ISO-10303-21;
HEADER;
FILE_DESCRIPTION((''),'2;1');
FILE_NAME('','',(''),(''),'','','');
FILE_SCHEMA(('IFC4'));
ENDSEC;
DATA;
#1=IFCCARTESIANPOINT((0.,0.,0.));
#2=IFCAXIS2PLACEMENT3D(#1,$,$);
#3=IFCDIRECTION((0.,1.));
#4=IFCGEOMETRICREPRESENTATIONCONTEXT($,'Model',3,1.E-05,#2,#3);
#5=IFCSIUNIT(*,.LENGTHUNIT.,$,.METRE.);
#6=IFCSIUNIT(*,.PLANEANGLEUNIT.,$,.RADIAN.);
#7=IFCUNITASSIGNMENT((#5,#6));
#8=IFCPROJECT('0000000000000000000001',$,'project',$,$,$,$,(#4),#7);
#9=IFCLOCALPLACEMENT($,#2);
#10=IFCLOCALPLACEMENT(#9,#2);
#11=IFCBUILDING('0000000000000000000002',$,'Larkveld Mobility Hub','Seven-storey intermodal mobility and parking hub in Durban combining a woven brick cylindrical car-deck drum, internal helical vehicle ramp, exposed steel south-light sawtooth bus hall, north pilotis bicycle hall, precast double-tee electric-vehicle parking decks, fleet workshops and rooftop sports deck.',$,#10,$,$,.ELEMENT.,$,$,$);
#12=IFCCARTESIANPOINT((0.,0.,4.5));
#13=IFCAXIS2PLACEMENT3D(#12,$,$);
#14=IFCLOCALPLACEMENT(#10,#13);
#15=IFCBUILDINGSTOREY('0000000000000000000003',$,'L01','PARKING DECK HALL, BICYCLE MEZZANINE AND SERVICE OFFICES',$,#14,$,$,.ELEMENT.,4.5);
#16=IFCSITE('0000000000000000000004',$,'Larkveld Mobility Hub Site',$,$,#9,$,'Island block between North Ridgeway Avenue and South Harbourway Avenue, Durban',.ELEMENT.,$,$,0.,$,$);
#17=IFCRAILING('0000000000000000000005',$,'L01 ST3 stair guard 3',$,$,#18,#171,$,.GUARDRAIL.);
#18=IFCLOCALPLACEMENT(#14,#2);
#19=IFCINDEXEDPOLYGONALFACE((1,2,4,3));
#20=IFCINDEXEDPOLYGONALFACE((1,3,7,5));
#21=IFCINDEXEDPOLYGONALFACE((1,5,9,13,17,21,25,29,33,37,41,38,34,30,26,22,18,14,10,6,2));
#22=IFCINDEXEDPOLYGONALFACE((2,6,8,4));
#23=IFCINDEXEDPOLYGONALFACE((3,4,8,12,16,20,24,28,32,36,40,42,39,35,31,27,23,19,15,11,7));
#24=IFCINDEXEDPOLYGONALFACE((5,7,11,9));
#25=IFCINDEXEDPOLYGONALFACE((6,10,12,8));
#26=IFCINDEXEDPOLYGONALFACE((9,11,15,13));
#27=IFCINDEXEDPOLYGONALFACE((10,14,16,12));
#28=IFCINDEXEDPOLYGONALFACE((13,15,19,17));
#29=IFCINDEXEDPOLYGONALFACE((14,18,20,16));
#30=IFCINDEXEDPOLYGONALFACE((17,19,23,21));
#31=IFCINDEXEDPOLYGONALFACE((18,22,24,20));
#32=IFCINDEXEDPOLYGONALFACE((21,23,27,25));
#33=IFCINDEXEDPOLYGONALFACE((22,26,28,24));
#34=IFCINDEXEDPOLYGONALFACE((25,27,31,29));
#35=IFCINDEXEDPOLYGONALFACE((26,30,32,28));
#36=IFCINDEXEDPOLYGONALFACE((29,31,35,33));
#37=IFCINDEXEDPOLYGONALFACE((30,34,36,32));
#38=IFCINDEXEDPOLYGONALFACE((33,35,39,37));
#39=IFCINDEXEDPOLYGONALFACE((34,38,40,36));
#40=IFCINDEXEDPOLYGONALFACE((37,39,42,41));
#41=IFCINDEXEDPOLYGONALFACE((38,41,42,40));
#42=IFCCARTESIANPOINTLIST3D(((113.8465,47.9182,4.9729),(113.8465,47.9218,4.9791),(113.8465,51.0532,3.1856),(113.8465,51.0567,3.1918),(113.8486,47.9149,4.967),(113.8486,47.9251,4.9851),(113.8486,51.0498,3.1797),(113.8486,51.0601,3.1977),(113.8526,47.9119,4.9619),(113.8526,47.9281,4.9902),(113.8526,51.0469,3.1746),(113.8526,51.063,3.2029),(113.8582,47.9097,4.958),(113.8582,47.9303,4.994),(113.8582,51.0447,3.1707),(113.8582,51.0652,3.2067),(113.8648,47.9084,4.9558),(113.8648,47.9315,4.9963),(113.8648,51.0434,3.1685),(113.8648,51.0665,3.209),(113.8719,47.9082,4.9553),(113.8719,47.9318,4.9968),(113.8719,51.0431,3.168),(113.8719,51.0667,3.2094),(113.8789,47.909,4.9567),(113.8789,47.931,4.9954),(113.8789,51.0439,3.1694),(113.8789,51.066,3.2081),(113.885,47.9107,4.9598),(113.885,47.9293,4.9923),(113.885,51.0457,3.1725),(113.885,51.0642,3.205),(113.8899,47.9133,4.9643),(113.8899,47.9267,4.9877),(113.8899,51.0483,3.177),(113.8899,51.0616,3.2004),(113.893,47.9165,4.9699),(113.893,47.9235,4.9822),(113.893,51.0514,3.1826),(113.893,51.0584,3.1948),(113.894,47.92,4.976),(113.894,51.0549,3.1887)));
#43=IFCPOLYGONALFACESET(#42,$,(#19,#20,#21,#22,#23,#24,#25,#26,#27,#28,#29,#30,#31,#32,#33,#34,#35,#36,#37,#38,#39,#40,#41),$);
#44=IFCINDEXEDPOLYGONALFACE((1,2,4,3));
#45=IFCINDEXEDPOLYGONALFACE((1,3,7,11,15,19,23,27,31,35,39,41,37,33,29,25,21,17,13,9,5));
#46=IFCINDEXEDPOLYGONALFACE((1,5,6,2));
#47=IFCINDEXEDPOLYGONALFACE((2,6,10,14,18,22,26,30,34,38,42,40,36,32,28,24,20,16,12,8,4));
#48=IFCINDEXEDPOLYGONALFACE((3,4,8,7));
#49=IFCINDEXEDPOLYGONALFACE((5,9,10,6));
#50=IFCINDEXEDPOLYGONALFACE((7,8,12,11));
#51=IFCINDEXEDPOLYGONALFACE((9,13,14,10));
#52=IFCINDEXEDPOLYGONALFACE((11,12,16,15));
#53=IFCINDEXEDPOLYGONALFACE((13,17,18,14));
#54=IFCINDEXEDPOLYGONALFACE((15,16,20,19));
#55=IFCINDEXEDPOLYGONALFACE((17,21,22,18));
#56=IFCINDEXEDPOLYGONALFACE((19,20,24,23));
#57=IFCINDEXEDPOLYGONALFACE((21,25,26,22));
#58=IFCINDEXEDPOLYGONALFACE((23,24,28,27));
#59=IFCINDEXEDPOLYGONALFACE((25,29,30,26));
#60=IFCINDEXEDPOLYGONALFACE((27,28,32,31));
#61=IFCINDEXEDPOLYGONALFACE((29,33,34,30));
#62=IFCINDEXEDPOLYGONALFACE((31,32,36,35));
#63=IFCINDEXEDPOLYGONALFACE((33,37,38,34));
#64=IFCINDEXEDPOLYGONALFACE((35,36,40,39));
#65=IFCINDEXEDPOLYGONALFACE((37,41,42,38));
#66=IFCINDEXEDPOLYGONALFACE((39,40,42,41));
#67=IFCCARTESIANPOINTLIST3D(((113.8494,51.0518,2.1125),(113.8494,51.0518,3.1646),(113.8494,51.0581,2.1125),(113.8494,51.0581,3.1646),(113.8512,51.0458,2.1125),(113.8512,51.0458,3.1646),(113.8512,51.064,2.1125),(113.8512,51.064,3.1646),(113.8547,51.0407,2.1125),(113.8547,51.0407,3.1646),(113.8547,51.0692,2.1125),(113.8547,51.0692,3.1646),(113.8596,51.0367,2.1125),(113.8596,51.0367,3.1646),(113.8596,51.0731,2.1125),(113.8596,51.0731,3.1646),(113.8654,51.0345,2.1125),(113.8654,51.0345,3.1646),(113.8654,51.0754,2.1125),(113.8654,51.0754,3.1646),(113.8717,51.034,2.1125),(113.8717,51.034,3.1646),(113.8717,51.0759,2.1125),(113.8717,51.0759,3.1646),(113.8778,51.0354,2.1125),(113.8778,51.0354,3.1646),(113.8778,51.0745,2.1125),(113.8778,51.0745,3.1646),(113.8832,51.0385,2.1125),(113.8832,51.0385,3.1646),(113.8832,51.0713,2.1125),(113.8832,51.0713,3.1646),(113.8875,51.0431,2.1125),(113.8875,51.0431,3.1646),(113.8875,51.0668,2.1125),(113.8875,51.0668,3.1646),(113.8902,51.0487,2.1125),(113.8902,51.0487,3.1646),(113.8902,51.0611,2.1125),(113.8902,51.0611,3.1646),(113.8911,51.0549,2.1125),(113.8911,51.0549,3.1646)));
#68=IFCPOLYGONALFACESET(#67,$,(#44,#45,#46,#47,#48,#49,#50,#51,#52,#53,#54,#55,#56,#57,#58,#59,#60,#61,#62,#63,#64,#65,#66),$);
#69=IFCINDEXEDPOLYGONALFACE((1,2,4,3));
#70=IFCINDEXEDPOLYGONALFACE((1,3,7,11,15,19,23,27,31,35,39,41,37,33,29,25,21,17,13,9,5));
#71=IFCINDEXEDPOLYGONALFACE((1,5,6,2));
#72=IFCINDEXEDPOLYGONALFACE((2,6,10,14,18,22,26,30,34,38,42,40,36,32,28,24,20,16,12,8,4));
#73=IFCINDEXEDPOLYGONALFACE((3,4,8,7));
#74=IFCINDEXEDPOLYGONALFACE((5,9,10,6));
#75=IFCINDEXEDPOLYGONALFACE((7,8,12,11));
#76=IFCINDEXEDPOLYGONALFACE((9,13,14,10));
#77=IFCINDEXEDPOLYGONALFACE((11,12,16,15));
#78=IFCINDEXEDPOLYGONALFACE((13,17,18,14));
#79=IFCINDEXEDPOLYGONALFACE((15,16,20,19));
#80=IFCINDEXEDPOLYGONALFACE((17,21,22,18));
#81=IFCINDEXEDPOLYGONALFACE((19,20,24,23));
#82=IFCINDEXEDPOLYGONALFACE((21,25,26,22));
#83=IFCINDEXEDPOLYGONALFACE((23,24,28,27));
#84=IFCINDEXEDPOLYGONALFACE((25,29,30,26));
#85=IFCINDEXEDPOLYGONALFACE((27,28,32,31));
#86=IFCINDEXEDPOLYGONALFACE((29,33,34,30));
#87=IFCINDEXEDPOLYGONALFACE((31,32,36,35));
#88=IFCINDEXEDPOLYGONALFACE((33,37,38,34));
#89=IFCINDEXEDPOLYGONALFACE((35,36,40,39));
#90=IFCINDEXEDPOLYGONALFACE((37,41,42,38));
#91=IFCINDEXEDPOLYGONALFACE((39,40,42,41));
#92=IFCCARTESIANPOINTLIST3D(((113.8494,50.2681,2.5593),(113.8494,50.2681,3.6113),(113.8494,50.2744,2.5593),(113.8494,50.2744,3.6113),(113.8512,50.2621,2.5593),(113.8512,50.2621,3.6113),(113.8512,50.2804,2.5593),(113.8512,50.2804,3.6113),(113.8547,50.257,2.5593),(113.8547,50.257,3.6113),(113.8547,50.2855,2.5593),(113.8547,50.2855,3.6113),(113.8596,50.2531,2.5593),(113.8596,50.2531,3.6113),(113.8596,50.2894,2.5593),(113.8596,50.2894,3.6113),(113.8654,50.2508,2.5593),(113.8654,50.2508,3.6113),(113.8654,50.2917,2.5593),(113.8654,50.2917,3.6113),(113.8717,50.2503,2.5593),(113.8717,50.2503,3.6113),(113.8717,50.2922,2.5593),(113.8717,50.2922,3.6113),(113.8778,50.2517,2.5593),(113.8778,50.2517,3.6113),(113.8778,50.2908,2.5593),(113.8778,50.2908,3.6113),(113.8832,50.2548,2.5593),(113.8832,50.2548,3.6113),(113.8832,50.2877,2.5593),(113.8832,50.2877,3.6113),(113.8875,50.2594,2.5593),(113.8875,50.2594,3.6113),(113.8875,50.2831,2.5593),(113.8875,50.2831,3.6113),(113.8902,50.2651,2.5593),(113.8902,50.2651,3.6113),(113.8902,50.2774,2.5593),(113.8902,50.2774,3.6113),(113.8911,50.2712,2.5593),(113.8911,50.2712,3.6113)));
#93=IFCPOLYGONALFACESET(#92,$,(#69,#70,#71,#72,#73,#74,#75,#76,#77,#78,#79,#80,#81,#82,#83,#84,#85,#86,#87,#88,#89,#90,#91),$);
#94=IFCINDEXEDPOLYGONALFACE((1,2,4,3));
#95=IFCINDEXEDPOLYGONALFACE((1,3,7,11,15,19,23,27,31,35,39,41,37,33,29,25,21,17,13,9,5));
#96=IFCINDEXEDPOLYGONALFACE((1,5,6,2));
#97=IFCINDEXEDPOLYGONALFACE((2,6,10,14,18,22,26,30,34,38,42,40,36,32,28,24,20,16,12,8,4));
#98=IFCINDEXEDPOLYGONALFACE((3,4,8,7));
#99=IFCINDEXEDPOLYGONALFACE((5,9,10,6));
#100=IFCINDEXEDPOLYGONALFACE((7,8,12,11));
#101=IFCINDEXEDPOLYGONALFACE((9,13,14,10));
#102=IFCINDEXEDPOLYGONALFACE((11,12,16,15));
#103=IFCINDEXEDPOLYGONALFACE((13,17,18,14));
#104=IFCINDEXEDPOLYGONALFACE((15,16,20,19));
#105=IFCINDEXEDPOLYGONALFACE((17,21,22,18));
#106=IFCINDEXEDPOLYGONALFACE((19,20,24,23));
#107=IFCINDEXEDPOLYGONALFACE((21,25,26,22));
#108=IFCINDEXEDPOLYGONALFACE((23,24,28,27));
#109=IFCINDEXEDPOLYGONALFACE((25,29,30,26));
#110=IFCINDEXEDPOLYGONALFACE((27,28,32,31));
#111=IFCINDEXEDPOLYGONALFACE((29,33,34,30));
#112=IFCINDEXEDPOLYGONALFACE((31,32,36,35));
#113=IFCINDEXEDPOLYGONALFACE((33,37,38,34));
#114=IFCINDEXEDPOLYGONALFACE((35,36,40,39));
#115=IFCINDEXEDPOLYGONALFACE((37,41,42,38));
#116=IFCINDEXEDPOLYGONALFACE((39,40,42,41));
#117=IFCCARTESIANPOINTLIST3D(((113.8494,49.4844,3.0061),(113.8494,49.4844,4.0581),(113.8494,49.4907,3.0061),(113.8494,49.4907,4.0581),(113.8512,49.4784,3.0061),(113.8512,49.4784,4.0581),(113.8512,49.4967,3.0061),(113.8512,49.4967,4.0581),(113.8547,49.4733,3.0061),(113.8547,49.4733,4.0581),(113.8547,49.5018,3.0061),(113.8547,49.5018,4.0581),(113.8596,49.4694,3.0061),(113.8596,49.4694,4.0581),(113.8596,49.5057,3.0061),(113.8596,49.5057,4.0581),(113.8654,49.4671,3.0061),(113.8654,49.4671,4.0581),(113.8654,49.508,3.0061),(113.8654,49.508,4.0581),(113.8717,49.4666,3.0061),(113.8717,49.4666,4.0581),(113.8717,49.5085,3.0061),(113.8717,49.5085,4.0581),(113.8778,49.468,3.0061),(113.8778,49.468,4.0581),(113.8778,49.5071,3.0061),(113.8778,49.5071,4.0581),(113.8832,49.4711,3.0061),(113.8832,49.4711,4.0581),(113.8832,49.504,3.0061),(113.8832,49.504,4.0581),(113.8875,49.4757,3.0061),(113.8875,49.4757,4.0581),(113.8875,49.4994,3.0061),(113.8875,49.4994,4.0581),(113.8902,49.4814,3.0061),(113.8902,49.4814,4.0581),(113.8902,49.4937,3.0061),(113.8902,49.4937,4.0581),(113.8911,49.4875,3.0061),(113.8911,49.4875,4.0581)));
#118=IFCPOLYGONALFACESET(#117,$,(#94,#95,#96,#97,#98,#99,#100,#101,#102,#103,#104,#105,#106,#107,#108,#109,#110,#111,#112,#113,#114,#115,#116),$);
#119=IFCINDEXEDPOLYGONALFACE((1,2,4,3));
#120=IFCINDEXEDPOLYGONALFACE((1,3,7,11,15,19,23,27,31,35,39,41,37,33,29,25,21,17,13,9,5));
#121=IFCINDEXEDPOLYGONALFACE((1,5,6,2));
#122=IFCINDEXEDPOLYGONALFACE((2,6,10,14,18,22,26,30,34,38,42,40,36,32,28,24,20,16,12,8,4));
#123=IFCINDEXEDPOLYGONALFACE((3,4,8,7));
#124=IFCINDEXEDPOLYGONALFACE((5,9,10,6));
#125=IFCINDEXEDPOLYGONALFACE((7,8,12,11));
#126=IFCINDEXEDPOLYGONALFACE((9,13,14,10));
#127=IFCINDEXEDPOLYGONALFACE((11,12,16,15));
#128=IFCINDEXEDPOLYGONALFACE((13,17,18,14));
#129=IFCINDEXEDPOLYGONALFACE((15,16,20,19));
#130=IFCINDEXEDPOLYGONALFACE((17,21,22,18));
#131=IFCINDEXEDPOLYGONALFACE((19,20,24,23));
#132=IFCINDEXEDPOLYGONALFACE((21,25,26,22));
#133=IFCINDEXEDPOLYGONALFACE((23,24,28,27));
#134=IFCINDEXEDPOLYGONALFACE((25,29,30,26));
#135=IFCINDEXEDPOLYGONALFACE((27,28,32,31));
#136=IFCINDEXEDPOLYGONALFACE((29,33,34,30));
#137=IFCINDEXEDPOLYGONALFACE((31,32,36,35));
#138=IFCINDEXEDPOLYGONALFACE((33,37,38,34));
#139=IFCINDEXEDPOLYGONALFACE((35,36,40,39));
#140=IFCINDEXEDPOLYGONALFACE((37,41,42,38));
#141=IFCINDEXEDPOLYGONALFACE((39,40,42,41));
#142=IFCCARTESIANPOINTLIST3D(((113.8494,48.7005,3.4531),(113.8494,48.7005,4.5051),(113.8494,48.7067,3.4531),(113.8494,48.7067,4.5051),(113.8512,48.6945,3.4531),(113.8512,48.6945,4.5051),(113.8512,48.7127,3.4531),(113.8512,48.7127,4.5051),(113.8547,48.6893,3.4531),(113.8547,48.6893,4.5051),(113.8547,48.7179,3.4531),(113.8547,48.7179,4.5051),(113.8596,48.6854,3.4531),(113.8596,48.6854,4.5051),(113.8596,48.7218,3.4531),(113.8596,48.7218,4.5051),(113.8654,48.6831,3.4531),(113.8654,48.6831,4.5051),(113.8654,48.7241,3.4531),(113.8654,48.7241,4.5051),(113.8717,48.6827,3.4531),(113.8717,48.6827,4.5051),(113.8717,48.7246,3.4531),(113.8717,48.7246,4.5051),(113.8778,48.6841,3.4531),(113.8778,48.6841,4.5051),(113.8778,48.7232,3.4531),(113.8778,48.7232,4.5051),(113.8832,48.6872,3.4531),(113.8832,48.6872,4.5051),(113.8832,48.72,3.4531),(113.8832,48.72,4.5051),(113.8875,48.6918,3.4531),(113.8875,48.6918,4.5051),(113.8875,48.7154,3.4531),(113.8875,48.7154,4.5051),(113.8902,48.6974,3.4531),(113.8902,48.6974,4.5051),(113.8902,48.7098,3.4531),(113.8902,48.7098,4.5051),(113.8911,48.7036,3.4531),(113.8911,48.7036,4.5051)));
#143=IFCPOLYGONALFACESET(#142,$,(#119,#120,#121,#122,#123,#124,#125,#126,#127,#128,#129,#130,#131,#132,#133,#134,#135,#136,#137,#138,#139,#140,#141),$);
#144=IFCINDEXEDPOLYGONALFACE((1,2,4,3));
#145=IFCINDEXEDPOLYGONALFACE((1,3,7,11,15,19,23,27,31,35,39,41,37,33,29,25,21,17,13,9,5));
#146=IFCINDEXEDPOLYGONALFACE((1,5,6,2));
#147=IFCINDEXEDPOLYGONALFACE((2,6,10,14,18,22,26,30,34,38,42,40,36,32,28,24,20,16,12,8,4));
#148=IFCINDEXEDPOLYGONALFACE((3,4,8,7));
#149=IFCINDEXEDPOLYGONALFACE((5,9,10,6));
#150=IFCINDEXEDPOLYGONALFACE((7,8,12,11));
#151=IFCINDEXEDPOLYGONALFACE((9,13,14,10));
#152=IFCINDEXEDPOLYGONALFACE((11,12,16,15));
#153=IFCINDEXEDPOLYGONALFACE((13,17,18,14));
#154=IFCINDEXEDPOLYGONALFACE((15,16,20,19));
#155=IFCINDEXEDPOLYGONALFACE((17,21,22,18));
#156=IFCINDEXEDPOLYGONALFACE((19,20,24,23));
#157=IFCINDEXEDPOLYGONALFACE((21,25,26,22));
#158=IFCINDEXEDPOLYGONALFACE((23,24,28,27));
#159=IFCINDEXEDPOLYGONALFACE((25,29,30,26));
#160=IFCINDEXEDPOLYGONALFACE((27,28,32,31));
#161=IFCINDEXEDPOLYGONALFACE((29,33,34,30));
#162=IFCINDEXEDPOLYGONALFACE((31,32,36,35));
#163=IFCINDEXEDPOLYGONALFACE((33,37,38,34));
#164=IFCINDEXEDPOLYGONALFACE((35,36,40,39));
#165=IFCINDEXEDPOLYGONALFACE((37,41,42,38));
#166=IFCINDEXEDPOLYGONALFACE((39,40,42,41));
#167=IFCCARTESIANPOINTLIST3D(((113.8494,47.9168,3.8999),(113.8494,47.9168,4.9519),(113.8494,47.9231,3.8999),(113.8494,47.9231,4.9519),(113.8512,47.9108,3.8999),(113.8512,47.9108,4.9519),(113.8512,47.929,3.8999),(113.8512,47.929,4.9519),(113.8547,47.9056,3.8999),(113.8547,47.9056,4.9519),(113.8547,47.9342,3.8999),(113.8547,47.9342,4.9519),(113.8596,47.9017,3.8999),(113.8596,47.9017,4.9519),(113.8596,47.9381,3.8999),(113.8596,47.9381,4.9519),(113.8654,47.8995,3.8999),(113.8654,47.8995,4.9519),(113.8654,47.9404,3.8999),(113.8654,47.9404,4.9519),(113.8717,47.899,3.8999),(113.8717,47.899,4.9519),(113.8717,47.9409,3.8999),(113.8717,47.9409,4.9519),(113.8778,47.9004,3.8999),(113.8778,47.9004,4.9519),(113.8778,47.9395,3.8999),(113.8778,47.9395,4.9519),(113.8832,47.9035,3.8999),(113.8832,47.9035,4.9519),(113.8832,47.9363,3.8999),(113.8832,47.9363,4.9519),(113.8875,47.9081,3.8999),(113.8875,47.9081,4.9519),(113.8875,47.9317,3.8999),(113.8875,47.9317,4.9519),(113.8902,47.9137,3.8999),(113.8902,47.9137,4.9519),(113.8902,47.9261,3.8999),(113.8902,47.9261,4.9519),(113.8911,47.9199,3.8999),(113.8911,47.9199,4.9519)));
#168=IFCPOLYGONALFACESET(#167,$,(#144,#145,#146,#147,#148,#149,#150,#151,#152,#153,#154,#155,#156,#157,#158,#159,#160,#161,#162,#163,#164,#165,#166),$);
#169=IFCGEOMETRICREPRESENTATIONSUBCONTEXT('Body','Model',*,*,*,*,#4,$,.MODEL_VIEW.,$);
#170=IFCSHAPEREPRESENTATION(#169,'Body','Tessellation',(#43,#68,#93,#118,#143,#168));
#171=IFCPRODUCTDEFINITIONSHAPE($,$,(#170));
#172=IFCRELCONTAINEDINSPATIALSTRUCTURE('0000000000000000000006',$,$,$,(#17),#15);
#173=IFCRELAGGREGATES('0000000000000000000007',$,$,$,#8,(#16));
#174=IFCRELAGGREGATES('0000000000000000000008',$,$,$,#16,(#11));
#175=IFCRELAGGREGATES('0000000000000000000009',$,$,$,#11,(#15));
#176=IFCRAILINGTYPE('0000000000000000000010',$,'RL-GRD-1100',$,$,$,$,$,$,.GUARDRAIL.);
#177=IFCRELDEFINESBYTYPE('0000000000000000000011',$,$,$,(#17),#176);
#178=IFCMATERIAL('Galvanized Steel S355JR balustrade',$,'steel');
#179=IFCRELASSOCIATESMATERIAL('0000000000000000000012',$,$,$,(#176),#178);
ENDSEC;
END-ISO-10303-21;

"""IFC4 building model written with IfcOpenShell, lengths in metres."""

from ifc_helpers import new_model, si_unit, direction, frame, origin, origin_2d, place, context, subcontext, project, spatial, circle, extrude, material, type_object, element, save


model = new_model("IFC4")

# Units and contexts
model_context = context("Model", 3, precision=1e-05, world=origin(), true_north=direction((0.0, 1.0)))
body_context = subcontext(model_context, "Body", "Model", "MODEL_VIEW")
ifc_project = project(units=[si_unit("LENGTHUNIT", "METRE"), si_unit("PLANEANGLEUNIT", "RADIAN")], contexts=[model_context])

# Site, building, storey
site_placement = place(None, origin())
site = spatial("IfcSite", under=ifc_project, at=site_placement, Name="Larkveld Mobility Hub Site", LongName="Island block between North Ridgeway Avenue and South Harbourway Avenue, Durban", CompositionType="ELEMENT", RefElevation=0.0)
building_placement = place(site_placement, origin())
building = spatial("IfcBuilding", under=site, at=building_placement, Name="Larkveld Mobility Hub", Description="Seven-storey intermodal mobility and parking hub in Durban combining a woven brick cylindrical car-deck drum, internal helical vehicle ramp, exposed steel south-light sawtooth bus hall, north pilotis bicycle hall, precast double-tee electric-vehicle parking decks, fleet workshops and rooftop sports deck.", CompositionType="ELEMENT")
storey_placement = place(building_placement, frame((0.0, 0.0, 4.5)))
storey = spatial("IfcBuildingStorey", under=building, at=storey_placement, Name="L01", Description="PARKING DECK HALL, BICYCLE MEZZANINE AND SERVICE OFFICES", CompositionType="ELEMENT", Elevation=4.5)

# Railing
ifc_material_1 = material(Name="Galvanized Steel S355JR balustrade", Category="steel")
railing_type_1 = type_object("IfcRailingType", Name="RL-GRD-1100", PredefinedType="GUARDRAIL", material=ifc_material_1)
railing_1_placement = place(storey_placement, frame((113.8701, 51.0549, 2.1125)))
element("IfcRailing", 1, at=railing_1_placement, inside=storey, type_object=railing_type_1, Name="L01 ST3 stair guard 3", PredefinedType="GUARDRAIL", context=body_context, shape_type="SweptSolid", body=[
    extrude(circle(Radius=0.0239, at=origin_2d()), frame((0.0, 0.0, 1.0762), z_axis=(0.0, -0.86873, 0.495286), x_axis=(1.0, 0.0, 0.0)), (0.0, 0.0, 1.0), 3.6086),
    extrude(circle(Radius=0.021, at=origin_2d()), origin(), (0.0, 0.0, 1.0), 1.052),
    extrude(circle(Radius=0.021, at=origin_2d()), frame((0.0, -0.7837, 0.4468)), (0.0, 0.0, 1.0), 1.052),
    extrude(circle(Radius=0.021, at=origin_2d()), frame((0.0, -1.5674, 0.8936)), (0.0, 0.0, 1.0), 1.052),
    extrude(circle(Radius=0.021, at=origin_2d()), frame((0.0, -2.3513, 1.3406)), (0.0, 0.0, 1.0), 1.052),
    extrude(circle(Radius=0.021, at=origin_2d()), frame((0.0, -3.135, 1.7874)), (0.0, 0.0, 1.0), 1.052),
])

save(model, "model.ifc")
